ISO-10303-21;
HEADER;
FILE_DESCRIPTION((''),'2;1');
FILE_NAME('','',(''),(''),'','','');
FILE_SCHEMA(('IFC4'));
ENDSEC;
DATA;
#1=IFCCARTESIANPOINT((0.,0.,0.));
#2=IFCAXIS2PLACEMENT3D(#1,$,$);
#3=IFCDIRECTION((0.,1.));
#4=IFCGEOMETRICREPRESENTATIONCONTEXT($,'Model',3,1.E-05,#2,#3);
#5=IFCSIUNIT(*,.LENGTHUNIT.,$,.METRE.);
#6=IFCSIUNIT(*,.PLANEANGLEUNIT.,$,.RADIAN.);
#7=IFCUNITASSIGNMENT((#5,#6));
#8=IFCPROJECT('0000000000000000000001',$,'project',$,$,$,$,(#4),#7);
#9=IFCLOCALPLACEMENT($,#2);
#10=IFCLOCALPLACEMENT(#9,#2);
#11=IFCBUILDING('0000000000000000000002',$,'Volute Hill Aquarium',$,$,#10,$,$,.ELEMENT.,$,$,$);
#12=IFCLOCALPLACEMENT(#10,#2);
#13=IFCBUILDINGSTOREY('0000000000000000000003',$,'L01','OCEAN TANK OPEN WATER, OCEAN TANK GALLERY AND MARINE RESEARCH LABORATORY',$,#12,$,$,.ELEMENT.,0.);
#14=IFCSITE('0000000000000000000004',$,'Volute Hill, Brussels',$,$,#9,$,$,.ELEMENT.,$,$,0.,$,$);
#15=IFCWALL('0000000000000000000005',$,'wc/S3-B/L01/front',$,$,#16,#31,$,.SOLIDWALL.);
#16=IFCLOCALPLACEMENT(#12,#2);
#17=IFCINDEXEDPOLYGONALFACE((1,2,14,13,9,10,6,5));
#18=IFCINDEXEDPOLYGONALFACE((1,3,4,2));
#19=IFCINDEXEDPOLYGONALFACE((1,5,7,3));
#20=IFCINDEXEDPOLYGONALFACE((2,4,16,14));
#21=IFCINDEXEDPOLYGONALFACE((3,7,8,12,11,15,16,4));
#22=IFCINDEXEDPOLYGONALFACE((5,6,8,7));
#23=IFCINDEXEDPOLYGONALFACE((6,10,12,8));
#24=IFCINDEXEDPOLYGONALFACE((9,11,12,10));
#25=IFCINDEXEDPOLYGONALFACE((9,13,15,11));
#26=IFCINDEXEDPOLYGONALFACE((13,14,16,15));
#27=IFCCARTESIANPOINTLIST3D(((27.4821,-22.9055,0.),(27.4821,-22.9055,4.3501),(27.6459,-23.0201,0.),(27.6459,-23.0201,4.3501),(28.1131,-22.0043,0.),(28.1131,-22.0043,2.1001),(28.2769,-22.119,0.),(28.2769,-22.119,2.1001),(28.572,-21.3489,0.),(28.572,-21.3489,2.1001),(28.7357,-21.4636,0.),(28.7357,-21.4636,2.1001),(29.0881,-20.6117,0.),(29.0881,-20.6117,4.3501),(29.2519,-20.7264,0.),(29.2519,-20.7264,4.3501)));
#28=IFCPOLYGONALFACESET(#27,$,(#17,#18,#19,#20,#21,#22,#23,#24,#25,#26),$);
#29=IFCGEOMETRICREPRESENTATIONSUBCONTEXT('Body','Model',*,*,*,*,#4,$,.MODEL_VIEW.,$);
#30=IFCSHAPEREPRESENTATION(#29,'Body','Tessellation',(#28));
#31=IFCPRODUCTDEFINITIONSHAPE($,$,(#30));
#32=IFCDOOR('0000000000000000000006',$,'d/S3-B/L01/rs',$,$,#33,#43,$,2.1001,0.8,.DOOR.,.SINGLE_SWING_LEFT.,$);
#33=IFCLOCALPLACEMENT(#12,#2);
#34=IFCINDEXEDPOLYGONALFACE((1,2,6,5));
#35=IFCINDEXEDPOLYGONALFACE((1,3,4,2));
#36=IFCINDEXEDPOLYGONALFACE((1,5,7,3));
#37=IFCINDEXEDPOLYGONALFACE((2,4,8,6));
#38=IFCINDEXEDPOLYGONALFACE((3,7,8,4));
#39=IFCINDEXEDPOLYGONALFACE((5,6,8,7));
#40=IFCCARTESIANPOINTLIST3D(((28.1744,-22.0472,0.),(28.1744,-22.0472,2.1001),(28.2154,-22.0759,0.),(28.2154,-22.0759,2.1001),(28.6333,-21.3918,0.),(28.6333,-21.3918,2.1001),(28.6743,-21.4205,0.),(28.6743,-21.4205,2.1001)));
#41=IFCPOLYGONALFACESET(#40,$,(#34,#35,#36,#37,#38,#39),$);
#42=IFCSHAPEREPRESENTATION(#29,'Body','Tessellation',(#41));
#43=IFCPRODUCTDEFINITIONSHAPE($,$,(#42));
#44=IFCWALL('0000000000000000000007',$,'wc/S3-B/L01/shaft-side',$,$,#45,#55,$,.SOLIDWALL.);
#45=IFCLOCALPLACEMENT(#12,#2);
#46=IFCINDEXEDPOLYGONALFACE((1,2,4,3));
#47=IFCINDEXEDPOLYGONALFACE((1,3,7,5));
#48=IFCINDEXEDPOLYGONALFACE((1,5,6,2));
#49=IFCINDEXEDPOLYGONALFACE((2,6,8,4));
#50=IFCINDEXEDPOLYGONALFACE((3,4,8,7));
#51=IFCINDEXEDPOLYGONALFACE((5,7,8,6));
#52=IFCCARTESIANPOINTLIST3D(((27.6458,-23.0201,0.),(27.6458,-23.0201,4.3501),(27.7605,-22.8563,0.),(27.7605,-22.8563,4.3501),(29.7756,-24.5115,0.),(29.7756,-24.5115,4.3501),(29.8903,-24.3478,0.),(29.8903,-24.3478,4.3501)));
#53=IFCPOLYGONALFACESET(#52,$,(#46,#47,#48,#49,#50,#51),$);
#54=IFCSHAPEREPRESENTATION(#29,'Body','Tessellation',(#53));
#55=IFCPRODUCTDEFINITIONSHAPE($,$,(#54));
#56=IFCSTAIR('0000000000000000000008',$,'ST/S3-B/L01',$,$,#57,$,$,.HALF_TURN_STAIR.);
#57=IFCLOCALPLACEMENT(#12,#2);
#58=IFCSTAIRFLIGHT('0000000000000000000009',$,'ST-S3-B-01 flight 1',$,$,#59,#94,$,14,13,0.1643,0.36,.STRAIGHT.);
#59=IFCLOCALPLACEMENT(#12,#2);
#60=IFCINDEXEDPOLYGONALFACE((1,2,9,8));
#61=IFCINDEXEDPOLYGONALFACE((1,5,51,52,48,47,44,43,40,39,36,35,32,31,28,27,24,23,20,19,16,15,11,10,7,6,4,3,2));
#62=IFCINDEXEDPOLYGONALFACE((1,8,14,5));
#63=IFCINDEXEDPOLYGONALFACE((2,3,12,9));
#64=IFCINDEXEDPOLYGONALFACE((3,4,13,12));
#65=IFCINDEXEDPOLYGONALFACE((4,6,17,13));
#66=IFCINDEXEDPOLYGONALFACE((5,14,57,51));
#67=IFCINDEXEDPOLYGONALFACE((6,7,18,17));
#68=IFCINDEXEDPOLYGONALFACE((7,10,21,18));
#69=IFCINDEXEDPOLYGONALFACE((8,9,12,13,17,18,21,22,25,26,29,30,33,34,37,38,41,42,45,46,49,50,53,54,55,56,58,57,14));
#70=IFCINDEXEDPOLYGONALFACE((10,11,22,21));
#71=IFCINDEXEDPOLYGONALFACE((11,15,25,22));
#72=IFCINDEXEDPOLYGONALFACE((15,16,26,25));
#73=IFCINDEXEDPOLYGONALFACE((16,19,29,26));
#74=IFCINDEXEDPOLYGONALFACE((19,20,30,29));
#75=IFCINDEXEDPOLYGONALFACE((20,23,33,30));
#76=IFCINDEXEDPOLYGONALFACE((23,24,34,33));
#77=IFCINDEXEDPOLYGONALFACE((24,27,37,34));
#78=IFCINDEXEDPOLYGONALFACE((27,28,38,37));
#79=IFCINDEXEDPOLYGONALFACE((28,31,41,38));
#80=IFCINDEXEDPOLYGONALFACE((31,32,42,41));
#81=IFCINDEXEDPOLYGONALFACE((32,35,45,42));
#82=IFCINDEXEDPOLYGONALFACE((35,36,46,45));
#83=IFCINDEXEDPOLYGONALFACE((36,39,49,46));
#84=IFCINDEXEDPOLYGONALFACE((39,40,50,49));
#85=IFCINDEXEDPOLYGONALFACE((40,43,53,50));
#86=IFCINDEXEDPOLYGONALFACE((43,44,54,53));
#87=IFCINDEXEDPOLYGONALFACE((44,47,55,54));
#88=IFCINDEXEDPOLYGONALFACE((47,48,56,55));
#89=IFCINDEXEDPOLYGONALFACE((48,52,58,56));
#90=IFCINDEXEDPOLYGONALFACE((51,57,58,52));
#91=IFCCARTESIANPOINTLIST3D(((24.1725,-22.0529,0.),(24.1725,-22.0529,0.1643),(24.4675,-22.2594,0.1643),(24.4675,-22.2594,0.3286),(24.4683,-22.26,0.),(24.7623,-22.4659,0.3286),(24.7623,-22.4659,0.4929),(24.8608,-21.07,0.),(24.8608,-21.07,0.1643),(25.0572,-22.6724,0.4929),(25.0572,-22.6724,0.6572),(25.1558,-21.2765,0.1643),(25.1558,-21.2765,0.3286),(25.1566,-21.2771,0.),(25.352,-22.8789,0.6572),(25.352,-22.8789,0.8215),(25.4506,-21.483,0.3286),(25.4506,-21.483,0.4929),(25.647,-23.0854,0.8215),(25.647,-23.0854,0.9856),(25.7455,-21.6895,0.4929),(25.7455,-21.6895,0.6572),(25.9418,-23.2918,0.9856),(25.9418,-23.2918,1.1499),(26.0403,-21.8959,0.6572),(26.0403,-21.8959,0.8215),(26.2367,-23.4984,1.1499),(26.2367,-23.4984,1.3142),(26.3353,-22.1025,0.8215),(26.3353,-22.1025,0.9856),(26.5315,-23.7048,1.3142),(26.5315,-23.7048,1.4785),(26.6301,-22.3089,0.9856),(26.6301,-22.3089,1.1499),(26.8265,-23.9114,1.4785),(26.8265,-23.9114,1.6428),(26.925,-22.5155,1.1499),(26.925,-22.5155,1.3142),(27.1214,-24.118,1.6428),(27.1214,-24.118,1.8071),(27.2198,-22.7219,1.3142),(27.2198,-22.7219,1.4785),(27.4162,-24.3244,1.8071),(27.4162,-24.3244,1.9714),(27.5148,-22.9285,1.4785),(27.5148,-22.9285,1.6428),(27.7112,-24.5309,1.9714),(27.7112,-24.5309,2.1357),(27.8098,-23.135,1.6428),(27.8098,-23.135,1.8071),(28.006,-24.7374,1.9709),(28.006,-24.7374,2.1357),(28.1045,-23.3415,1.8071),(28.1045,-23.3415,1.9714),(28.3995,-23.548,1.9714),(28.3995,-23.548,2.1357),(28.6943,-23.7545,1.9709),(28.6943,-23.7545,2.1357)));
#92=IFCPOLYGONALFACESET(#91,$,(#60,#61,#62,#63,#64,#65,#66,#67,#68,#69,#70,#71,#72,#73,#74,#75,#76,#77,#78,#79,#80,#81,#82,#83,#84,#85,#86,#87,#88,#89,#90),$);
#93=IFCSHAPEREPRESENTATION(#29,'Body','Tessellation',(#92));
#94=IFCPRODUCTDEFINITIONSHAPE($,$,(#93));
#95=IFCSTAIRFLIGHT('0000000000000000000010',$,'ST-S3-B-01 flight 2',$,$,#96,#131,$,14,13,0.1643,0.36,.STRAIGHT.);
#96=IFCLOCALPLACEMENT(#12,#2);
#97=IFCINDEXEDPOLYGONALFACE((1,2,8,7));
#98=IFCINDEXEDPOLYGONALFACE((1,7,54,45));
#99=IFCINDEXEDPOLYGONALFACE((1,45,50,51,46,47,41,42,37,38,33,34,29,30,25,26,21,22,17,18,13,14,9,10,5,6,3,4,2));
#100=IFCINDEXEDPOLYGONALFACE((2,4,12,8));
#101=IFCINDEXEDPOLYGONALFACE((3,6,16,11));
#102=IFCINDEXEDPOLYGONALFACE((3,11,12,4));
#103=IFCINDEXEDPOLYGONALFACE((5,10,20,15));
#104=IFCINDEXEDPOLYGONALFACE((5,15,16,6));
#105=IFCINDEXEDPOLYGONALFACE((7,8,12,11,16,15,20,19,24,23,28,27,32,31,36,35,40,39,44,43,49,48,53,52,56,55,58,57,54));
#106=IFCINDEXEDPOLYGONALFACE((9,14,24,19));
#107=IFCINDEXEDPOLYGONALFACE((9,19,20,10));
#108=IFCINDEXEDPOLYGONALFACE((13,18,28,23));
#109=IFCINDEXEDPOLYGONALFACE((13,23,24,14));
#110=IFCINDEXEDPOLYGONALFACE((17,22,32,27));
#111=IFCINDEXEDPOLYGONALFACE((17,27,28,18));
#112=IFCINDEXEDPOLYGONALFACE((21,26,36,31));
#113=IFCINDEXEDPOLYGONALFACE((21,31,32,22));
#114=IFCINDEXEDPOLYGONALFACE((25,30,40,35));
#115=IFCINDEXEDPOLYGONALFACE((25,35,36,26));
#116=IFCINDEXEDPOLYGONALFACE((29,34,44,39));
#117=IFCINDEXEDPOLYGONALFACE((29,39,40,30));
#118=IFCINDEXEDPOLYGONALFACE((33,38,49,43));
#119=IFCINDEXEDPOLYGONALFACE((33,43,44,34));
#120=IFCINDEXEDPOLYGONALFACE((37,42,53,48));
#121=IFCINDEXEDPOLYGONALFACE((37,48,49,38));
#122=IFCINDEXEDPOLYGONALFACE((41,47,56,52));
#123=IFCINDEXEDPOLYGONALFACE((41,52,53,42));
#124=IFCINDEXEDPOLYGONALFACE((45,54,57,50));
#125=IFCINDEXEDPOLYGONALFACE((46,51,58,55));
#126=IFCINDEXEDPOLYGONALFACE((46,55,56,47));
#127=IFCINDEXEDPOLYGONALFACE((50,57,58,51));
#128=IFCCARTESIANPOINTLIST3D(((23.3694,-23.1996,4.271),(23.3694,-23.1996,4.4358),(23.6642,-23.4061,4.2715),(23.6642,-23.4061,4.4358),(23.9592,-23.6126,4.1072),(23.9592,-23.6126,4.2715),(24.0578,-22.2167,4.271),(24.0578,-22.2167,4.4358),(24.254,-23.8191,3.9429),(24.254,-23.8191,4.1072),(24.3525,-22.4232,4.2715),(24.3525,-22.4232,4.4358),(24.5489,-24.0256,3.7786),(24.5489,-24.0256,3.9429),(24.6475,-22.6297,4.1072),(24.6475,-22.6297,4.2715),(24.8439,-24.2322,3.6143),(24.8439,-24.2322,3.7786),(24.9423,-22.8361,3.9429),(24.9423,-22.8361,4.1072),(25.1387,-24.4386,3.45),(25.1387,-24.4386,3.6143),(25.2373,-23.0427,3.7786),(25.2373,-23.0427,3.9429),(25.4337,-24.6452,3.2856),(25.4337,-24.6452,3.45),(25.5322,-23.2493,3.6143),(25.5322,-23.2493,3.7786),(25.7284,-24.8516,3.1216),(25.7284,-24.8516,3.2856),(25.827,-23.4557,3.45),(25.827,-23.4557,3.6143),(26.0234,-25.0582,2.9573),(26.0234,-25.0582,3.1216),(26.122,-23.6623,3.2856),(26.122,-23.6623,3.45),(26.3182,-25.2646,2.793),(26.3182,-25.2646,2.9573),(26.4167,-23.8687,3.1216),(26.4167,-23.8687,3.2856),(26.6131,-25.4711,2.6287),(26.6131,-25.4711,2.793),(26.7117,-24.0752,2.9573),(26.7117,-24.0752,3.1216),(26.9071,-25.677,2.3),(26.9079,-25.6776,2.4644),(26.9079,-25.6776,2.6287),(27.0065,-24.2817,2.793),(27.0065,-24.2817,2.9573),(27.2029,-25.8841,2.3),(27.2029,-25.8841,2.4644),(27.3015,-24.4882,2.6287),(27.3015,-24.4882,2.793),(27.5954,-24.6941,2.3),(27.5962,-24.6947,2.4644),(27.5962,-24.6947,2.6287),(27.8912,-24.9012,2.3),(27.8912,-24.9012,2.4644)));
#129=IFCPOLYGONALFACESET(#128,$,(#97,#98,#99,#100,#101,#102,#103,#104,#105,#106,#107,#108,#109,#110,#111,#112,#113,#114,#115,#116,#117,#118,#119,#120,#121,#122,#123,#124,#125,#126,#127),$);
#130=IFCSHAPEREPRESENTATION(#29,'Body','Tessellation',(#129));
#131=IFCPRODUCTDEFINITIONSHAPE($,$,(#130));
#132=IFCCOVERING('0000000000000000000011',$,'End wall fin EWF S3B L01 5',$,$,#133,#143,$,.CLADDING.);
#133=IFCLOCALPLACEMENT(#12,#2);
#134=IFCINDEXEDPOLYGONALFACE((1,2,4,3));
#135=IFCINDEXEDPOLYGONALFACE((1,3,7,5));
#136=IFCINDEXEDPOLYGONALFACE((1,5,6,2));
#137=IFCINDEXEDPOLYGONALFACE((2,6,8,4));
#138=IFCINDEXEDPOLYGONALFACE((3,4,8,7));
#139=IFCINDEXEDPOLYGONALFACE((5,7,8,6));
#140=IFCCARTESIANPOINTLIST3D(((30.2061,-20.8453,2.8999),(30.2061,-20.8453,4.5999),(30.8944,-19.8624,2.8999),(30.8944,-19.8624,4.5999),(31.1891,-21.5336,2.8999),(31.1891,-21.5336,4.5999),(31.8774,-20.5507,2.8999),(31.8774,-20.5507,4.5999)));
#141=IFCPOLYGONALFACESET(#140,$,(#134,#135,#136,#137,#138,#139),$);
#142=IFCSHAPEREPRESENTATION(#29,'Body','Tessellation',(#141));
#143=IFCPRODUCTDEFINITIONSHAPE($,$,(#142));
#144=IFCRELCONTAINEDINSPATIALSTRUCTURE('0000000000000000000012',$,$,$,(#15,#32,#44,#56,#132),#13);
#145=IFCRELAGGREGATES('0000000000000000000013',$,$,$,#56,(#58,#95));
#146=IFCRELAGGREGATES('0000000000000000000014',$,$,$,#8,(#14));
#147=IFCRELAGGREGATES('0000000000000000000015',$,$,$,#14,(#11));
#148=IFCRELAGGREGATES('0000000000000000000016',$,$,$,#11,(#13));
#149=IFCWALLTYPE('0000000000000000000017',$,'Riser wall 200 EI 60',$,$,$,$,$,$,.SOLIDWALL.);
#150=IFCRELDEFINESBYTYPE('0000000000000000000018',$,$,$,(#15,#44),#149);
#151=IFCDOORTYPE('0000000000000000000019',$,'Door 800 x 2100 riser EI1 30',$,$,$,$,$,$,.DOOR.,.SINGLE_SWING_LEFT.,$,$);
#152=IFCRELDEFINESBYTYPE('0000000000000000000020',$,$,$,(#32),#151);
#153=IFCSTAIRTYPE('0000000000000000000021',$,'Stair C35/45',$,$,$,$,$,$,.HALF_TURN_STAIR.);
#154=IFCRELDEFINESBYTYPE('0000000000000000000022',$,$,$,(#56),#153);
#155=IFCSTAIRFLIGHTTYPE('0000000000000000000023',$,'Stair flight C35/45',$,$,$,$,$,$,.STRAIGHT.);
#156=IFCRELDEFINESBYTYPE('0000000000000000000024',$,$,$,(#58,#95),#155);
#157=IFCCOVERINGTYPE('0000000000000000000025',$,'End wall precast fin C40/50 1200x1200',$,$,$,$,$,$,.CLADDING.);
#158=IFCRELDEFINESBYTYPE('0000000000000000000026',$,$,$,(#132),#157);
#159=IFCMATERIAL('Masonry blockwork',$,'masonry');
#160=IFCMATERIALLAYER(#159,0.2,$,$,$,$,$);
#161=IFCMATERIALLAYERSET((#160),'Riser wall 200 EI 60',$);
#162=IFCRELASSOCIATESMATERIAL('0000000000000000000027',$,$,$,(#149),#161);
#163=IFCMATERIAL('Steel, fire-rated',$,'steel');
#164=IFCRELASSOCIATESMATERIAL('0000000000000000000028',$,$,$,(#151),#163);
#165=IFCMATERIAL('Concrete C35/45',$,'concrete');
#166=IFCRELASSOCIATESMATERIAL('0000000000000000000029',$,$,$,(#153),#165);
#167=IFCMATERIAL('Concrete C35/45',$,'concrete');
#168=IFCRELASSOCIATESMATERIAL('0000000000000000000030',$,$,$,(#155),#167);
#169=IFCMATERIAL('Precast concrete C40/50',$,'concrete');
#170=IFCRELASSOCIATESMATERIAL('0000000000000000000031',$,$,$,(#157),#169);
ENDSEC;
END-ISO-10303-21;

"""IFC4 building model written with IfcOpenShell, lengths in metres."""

from ifc_helpers import new_model, si_unit, direction, frame, frame_2d, origin, origin_2d, place, context, subcontext, project, spatial, polyline, rectangle, outline, extrude, material, layer, layer_set, type_object, element, fill, aggregate, save


model = new_model("IFC4")

# Units and contexts
model_context = context("Model", 3, precision=1e-05, world=origin(), true_north=direction((0.0, 1.0)))
body_context = subcontext(model_context, "Body", "Model", "MODEL_VIEW")
ifc_project = project(units=[si_unit("LENGTHUNIT", "METRE"), si_unit("PLANEANGLEUNIT", "RADIAN")], contexts=[model_context])

# Site, building, storey
site_placement = place(None, origin())
site = spatial("IfcSite", under=ifc_project, at=site_placement, Name="Volute Hill, Brussels", CompositionType="ELEMENT", RefElevation=0.0)
building_placement = place(site_placement, origin())
building = spatial("IfcBuilding", under=site, at=building_placement, Name="Volute Hill Aquarium", CompositionType="ELEMENT")
storey_placement = place(building_placement, origin())
storey = spatial("IfcBuildingStorey", under=building, at=storey_placement, Name="L01", Description="OCEAN TANK OPEN WATER, OCEAN TANK GALLERY AND MARINE RESEARCH LABORATORY", CompositionType="ELEMENT", Elevation=0.0)

# Wall, opening, door
ifc_material_1 = material(Name="Masonry blockwork", Category="masonry")
ifc_layer_1 = layer(ifc_material_1, 0.2)
ifc_layer_set_1 = layer_set([ifc_layer_1], Name="Riser wall 200 EI 60")
wall_type_1 = type_object("IfcWallType", Name="Riser wall 200 EI 60", PredefinedType="SOLIDWALL", material=ifc_layer_set_1)
wall_1_placement = place(storey_placement, frame((29.1699, -20.6692, 0.0), z_axis=(0.0, 0.0, 1.0), x_axis=(-0.57355, -0.81917, 0.0)))
wall_1 = element("IfcWall", 1, at=wall_1_placement, inside=storey, type_object=wall_type_1, Name="wc/S3-B/L01/front", PredefinedType="SOLIDWALL", context=body_context, shape_type="SweptSolid", body=[
    extrude(rectangle(XDim=2.8, YDim=0.2, at=frame_2d((1.3999, 0.0))), origin(), (0.0, 0.0, 1.0), 4.3501),
])
opening_placement = place(wall_1_placement, frame((0.8999, 0.0, 0.0)))
opening = element("IfcOpeningElement", 2, at=opening_placement, cuts=wall_1, PredefinedType="OPENING", context=body_context, shape_type="SweptSolid", body=[
    extrude(rectangle(XDim=0.8, YDim=2.1001, at=frame_2d((0.3999, 1.05))), frame((0.0, 0.1099, 0.0), z_axis=(0.0, -1.0, 0.0), x_axis=(1.0, 0.0, 0.0)), (0.0, 0.0, 1.0), 0.22),
])
ifc_material_2 = material(Name="Steel, fire-rated", Category="steel")
door_type = type_object("IfcDoorType", Name="Door 800 x 2100 riser EI1 30", OperationType="SINGLE_SWING_LEFT", PredefinedType="DOOR", material=ifc_material_2)
door_placement = place(opening_placement, origin())
door = element("IfcDoor", 3, at=door_placement, inside=storey, type_object=door_type, Name="d/S3-B/L01/rs", OperationType="SINGLE_SWING_LEFT", OverallHeight=2.1001, OverallWidth=0.8, PredefinedType="DOOR", context=body_context, shape_type="SweptSolid", body=[
    extrude(rectangle(XDim=0.8, YDim=2.1001, at=frame_2d((0.3999, 1.05))), frame((0.0, 0.0249, 0.0), z_axis=(0.0, -1.0, 0.0), x_axis=(1.0, 0.0, 0.0)), (0.0, 0.0, 1.0), 0.05),
])
fill(opening, door)

# Wall
wall_2_placement = place(storey_placement, frame((27.7031, -22.9382, 0.0), z_axis=(0.0, 0.0, 1.0), x_axis=(0.819135, -0.573601, 0.0)))
element("IfcWall", 4, at=wall_2_placement, inside=storey, type_object=wall_type_1, Name="wc/S3-B/L01/shaft-side", PredefinedType="SOLIDWALL", context=body_context, shape_type="SweptSolid", body=[
    extrude(rectangle(XDim=2.6001, YDim=0.2, at=frame_2d((1.3, 0.0))), origin(), (0.0, 0.0, 1.0), 4.3501),
])

# Stair, stair flights
ifc_material_3 = material(Name="Concrete C35/45", Category="concrete")
stair_type = type_object("IfcStairType", Name="Stair C35/45", PredefinedType="HALF_TURN_STAIR", material=ifc_material_3)
stair_placement = place(storey_placement, origin())
stair = element("IfcStair", 5, at=stair_placement, inside=storey, type_object=stair_type, Name="ST/S3-B/L01", PredefinedType="HALF_TURN_STAIR")
ifc_material_4 = material(Name="Concrete C35/45", Category="concrete")
stair_flight_type = type_object("IfcStairFlightType", Name="Stair flight C35/45", PredefinedType="STRAIGHT", material=ifc_material_4)
stair_flight_1_placement = place(storey_placement, frame((24.5166, -21.5615, 0.0), z_axis=(0.0, 0.0, 1.0), x_axis=(0.819124, -0.573617, 0.0)))
stair_flight_1 = element("IfcStairFlight", 6, at=stair_flight_1_placement, type_object=stair_flight_type, Name="ST-S3-B-01 flight 1", NumberOfRisers=14, NumberOfTreads=13, PredefinedType="STRAIGHT", RiserHeight=0.1643, TreadLength=0.36, context=body_context, shape_type="SweptSolid", body=[
    extrude(outline(polyline([(0.0, 0.0), (0.0, 0.1643), (0.3601, 0.1643), (0.3601, 0.3286), (0.72, 0.3286), (0.72, 0.4929), (1.0801, 0.4929), (1.0801, 0.6572), (1.4399, 0.6572), (1.4399, 0.8215), (1.8, 0.8215), (1.8, 0.9856), (2.1599, 0.9856), (2.1599, 1.1499), (2.52, 1.1499), (2.52, 1.3142), (2.8799, 1.3142), (2.8799, 1.4785), (3.24, 1.4785), (3.24, 1.6428), (3.6001, 1.6428), (3.6001, 1.8071), (3.96, 1.8071), (3.96, 1.9714), (4.3201, 1.9714), (4.3201, 2.1357), (4.6799, 2.1357), (4.6799, 2.3), (4.6799, 1.9709), (0.3611, 0.0), (0.0, 0.0)])), frame((0.0, 0.6001, 0.0), z_axis=(0.0, -1.0, 0.0), x_axis=(1.0, 0.0, 0.0)), (0.0, 0.0, 1.0), 1.2),
])
stair_flight_2_placement = place(storey_placement, frame((27.5471, -25.3926, 2.3), z_axis=(0.0, 0.0, 1.0), x_axis=(-0.819124, 0.573617, 0.0)))
stair_flight_2 = element("IfcStairFlight", 7, at=stair_flight_2_placement, type_object=stair_flight_type, Name="ST-S3-B-01 flight 2", NumberOfRisers=14, NumberOfTreads=13, PredefinedType="STRAIGHT", RiserHeight=0.1643, TreadLength=0.36, context=body_context, shape_type="SweptSolid", body=[
    extrude(outline(polyline([(0.0, 0.0), (0.0, 0.1643), (0.3601, 0.1643), (0.3601, 0.3286), (0.72, 0.3286), (0.72, 0.4929), (1.0801, 0.4929), (1.0801, 0.6572), (1.4399, 0.6572), (1.4399, 0.8215), (1.8, 0.8215), (1.8, 0.9856), (2.1599, 0.9856), (2.1599, 1.1499), (2.52, 1.1499), (2.52, 1.3142), (2.8799, 1.3142), (2.8799, 1.4785), (3.24, 1.4785), (3.24, 1.6428), (3.6001, 1.6428), (3.6001, 1.8071), (3.96, 1.8071), (3.96, 1.9714), (4.3201, 1.9714), (4.3201, 2.1357), (4.6799, 2.1357), (4.6799, 2.3), (4.6799, 1.9709), (0.3611, 0.0), (0.0, 0.0)])), frame((0.0, 0.6001, 0.0), z_axis=(0.0, -1.0, 0.0), x_axis=(1.0, 0.0, 0.0)), (0.0, 0.0, 1.0), 1.2),
])
aggregate(stair, [stair_flight_1, stair_flight_2])

# Covering
ifc_material_5 = material(Name="Precast concrete C40/50", Category="concrete")
covering_type = type_object("IfcCoveringType", Name="End wall precast fin C40/50 1200x1200", PredefinedType="CLADDING", material=ifc_material_5)
covering_placement = place(storey_placement, frame((31.0417, -20.698, 2.8999), z_axis=(0.0, 0.0, 1.0), x_axis=(0.819151, -0.573578, 0.0)))
element("IfcCovering", 8, at=covering_placement, inside=storey, type_object=covering_type, Name="End wall fin EWF S3B L01 5", PredefinedType="CLADDING", context=body_context, shape_type="SweptSolid", body=[
    extrude(rectangle(XDim=1.2, YDim=1.2, at=origin_2d()), origin(), (0.0, 0.0, 1.0), 1.7),
])

save(model, "model.ifc")
